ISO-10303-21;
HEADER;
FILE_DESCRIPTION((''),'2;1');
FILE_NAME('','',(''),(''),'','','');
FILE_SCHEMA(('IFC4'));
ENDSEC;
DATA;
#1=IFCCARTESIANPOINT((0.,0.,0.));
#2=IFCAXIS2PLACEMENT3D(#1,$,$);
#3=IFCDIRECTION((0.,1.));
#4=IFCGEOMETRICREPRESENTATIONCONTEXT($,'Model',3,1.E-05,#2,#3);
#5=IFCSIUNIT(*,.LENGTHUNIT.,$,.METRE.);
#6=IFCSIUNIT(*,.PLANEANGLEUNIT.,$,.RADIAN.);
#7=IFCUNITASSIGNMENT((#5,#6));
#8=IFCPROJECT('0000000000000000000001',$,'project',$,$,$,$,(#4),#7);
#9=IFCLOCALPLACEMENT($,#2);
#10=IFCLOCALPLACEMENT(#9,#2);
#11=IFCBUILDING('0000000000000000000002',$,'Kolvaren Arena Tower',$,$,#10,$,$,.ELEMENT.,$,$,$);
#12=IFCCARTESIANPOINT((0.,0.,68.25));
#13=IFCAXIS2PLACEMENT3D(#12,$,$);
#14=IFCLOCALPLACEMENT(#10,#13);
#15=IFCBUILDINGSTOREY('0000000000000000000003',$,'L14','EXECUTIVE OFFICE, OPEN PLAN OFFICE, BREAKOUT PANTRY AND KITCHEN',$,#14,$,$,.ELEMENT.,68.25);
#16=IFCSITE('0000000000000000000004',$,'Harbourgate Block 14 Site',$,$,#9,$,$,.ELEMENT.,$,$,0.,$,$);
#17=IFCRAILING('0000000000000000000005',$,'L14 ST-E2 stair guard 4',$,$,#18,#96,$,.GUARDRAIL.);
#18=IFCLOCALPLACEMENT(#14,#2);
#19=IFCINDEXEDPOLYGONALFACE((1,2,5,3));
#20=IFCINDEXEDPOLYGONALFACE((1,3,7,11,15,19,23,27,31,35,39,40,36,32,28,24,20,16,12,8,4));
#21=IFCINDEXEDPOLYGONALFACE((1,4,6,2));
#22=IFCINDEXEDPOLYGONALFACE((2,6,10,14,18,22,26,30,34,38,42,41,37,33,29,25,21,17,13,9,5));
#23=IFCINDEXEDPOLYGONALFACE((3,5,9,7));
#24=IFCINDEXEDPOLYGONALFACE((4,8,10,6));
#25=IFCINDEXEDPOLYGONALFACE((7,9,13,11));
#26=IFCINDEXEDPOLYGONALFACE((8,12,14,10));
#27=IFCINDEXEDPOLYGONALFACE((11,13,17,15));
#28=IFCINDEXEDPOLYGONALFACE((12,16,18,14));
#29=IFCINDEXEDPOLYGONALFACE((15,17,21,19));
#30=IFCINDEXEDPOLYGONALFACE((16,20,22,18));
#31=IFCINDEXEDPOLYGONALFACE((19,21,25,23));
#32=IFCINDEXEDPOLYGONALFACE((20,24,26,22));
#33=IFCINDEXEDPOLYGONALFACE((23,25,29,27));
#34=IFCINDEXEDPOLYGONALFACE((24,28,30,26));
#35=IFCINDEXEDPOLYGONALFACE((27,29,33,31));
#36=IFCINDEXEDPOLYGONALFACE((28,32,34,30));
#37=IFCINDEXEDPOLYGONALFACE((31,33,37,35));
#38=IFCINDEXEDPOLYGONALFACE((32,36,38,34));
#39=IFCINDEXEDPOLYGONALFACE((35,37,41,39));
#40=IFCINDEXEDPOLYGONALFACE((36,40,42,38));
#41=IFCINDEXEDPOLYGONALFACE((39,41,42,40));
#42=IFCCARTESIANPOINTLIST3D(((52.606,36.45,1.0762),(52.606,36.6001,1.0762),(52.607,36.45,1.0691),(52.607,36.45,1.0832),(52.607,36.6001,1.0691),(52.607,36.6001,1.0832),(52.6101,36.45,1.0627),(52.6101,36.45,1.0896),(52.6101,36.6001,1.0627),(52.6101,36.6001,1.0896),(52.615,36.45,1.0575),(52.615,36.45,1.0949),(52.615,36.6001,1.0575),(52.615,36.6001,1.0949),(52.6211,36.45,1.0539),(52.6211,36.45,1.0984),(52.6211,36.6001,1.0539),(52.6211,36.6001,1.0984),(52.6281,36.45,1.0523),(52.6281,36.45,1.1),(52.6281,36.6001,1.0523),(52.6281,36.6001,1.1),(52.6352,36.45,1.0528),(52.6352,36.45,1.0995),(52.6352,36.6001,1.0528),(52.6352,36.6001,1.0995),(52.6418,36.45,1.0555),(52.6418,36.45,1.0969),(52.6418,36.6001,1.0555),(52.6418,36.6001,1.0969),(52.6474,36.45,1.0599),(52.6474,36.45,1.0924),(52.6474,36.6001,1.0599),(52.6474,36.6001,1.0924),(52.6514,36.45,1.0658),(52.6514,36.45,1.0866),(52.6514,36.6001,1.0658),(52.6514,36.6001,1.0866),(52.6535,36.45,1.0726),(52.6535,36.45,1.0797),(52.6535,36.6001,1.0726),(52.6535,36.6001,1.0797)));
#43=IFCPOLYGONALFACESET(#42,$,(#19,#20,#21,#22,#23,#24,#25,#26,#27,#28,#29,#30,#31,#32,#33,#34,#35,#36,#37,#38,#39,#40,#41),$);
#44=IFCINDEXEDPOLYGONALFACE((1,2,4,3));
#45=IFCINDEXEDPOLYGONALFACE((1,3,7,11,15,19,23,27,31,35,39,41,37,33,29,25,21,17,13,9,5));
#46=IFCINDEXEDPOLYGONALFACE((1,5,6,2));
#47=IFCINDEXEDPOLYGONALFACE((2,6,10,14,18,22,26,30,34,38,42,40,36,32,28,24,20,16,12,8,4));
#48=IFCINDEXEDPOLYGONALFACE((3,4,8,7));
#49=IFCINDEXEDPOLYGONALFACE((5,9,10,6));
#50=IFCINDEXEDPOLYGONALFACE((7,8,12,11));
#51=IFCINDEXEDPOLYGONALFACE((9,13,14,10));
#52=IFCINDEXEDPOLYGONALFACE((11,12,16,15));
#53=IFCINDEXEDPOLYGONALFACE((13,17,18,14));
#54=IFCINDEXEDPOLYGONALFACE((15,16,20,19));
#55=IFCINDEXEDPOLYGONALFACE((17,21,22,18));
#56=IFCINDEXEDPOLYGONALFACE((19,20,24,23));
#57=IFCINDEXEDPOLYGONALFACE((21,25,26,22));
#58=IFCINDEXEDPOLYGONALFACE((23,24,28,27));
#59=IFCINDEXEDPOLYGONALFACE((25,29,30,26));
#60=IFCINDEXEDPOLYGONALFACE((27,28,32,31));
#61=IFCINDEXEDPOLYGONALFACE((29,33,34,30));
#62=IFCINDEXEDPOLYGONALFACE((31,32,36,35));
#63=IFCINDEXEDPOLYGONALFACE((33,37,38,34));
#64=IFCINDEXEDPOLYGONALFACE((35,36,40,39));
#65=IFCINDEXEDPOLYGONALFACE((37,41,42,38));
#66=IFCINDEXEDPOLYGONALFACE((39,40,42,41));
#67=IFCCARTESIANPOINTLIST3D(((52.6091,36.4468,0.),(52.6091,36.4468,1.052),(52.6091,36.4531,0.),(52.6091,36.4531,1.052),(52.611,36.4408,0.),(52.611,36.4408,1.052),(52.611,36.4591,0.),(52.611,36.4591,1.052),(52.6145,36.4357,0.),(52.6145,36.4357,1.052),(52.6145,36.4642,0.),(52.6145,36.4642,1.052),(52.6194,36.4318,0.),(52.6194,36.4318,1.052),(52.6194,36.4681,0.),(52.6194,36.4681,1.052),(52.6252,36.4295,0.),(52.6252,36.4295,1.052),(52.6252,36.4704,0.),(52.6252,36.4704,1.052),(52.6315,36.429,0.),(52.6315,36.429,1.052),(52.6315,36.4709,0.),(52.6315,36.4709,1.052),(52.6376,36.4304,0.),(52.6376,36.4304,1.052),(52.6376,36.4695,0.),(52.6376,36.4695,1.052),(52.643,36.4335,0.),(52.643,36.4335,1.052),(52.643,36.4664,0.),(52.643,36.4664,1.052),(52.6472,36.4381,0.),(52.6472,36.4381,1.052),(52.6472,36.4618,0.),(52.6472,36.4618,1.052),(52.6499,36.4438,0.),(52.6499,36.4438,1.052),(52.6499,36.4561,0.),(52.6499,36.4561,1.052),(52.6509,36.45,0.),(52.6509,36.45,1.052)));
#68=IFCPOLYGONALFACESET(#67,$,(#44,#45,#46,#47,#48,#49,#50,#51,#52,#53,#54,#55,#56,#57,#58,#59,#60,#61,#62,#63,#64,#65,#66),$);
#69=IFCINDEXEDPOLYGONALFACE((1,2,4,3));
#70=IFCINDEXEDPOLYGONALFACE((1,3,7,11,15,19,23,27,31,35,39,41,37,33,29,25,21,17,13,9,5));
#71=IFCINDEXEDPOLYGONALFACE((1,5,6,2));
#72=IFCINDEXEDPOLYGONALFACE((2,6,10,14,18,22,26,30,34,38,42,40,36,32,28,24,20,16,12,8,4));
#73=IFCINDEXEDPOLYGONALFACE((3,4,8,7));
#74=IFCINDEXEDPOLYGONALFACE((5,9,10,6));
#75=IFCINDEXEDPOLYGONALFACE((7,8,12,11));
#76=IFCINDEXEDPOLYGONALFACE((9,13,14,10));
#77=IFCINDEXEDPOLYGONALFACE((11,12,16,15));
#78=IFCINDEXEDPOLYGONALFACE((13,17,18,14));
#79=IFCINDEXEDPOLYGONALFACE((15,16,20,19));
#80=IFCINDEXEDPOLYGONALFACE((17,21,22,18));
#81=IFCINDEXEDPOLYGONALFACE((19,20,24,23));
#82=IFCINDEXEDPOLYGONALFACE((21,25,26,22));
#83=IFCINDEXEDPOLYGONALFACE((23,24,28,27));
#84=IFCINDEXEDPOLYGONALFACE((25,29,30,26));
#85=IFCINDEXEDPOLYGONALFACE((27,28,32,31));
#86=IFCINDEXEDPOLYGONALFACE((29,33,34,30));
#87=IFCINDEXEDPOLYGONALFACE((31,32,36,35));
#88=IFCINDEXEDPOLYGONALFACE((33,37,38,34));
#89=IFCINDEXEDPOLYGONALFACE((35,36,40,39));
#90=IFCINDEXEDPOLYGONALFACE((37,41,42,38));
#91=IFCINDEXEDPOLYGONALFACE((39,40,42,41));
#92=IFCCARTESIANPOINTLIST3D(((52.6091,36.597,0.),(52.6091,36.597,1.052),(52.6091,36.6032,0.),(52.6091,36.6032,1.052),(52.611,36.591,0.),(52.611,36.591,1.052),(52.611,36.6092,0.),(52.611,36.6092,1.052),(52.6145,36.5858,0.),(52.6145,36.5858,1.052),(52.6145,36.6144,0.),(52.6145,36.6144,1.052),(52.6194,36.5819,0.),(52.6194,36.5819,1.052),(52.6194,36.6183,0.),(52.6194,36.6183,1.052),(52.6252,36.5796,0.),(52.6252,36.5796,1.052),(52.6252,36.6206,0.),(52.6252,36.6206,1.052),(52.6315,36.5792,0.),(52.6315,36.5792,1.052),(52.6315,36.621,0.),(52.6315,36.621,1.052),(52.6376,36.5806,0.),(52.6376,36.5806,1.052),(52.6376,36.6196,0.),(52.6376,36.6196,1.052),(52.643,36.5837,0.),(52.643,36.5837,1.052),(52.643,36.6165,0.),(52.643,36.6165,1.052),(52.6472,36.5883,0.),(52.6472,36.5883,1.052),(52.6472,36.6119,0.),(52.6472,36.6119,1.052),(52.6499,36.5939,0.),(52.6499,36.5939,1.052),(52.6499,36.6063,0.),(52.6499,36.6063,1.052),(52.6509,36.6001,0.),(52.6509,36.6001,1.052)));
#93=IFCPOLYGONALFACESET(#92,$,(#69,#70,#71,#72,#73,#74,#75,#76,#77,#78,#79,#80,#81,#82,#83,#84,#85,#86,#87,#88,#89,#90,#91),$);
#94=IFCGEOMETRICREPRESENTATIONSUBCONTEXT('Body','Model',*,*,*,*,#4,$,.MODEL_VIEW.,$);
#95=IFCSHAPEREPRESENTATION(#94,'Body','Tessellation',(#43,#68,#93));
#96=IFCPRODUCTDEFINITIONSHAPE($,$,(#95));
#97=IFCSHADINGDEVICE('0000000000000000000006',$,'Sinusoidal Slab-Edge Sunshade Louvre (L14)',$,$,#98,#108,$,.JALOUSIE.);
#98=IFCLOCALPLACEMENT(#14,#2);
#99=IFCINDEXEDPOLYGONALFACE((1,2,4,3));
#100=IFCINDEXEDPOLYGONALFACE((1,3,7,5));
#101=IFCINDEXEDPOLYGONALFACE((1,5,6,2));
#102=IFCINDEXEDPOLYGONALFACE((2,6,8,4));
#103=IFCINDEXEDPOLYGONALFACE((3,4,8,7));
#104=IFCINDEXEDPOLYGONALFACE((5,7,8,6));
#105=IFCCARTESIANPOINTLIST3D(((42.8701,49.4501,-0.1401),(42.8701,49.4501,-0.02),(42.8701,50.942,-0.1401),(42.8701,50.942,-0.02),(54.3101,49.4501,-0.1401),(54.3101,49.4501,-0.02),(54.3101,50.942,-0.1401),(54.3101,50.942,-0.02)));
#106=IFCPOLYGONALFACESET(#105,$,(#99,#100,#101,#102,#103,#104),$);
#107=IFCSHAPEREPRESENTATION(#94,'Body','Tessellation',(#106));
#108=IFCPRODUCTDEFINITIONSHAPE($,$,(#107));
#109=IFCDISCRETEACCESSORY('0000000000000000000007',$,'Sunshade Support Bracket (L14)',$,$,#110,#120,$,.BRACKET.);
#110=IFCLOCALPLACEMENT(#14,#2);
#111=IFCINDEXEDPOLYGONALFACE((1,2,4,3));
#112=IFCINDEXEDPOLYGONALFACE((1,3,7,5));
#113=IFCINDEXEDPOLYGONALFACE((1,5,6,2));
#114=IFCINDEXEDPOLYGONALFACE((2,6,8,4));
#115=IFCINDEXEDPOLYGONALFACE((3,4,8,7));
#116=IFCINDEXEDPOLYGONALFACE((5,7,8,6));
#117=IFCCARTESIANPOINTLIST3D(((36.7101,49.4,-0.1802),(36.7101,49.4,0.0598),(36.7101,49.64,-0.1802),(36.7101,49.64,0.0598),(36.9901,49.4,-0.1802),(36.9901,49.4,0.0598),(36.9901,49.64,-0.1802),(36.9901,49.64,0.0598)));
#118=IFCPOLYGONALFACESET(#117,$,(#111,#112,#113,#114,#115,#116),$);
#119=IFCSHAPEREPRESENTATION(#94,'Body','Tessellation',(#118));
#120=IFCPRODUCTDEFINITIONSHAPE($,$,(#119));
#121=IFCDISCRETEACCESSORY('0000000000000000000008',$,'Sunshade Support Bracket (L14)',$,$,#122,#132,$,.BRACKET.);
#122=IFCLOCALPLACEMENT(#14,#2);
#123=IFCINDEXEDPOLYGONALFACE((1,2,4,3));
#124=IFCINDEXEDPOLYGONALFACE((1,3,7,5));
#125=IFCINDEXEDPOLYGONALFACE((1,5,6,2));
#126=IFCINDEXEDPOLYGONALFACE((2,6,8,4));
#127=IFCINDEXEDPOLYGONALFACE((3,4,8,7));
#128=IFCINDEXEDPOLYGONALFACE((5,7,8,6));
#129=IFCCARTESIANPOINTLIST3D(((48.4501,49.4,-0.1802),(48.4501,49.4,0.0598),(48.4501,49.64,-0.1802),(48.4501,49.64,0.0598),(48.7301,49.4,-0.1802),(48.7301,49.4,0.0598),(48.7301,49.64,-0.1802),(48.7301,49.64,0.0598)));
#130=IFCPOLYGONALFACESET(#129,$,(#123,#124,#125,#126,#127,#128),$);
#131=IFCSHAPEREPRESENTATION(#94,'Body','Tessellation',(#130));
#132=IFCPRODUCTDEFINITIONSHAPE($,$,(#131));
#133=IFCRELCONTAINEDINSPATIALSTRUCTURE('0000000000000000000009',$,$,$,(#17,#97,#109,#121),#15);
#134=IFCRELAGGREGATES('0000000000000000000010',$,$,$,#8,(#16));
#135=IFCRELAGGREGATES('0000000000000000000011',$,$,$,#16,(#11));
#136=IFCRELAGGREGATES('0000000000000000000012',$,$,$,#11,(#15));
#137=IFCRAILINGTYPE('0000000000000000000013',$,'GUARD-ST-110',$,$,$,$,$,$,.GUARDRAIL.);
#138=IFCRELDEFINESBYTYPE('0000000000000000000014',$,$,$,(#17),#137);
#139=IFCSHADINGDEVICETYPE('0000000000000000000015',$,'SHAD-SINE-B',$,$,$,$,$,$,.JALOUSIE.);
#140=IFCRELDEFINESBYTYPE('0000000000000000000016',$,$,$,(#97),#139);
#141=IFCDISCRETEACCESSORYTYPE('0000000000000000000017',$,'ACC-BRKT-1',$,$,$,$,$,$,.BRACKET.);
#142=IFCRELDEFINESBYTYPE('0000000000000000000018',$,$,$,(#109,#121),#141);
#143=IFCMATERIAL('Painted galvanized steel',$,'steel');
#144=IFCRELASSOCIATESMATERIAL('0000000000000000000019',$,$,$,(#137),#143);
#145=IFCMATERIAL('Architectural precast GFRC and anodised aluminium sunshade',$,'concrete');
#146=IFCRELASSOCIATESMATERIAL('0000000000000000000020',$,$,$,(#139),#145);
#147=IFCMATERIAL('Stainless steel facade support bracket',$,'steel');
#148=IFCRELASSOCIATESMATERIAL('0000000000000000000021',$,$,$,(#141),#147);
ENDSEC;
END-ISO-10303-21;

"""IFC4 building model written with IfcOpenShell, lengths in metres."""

from ifc_helpers import new_model, si_unit, direction, frame, origin, origin_2d, place, context, subcontext, project, spatial, rectangle, circle, extrude, material, type_object, element, save


model = new_model("IFC4")

# Units and contexts
model_context = context("Model", 3, precision=1e-05, world=origin(), true_north=direction((0.0, 1.0)))
body_context = subcontext(model_context, "Body", "Model", "MODEL_VIEW")
ifc_project = project(units=[si_unit("LENGTHUNIT", "METRE"), si_unit("PLANEANGLEUNIT", "RADIAN")], contexts=[model_context])

# Site, building, storey
site_placement = place(None, origin())
site = spatial("IfcSite", under=ifc_project, at=site_placement, Name="Harbourgate Block 14 Site", CompositionType="ELEMENT", RefElevation=0.0)
building_placement = place(site_placement, origin())
building = spatial("IfcBuilding", under=site, at=building_placement, Name="Kolvaren Arena Tower", CompositionType="ELEMENT")
storey_placement = place(building_placement, frame((0.0, 0.0, 68.25)))
storey = spatial("IfcBuildingStorey", under=building, at=storey_placement, Name="L14", Description="EXECUTIVE OFFICE, OPEN PLAN OFFICE, BREAKOUT PANTRY AND KITCHEN", CompositionType="ELEMENT", Elevation=68.25)

# Railing
ifc_material_1 = material(Name="Painted galvanized steel", Category="steel")
railing_type = type_object("IfcRailingType", Name="GUARD-ST-110", PredefinedType="GUARDRAIL", material=ifc_material_1)
railing_1_placement = place(storey_placement, frame((52.6299, 36.45, 0.0)))
element("IfcRailing", 1, at=railing_1_placement, inside=storey, type_object=railing_type, Name="L14 ST-E2 stair guard 4", PredefinedType="GUARDRAIL", context=body_context, shape_type="SweptSolid", body=[
    extrude(circle(Radius=0.0239, at=origin_2d()), frame((0.0, 0.0, 1.0762), z_axis=(0.0, 1.0, 0.0), x_axis=(-1.0, 0.0, 0.0)), (0.0, 0.0, 1.0), 0.1501),
    extrude(circle(Radius=0.021, at=origin_2d()), origin(), (0.0, 0.0, 1.0), 1.052),
    extrude(circle(Radius=0.021, at=origin_2d()), frame((0.0, 0.1501, 0.0)), (0.0, 0.0, 1.0), 1.052),
])

# Shading device
ifc_material_2 = material(Name="Architectural precast GFRC and anodised aluminium sunshade", Category="concrete")
shading_device_type = type_object("IfcShadingDeviceType", Name="SHAD-SINE-B", PredefinedType="JALOUSIE", material=ifc_material_2)
shading_device_placement = place(storey_placement, frame((48.5901, 50.196, -0.1401), z_axis=(0.0, 0.0, 1.0), x_axis=(1.0, 0.0, 0.0)))
element("IfcShadingDevice", 2, at=shading_device_placement, inside=storey, type_object=shading_device_type, Name="Sinusoidal Slab-Edge Sunshade Louvre (L14)", PredefinedType="JALOUSIE", context=body_context, shape_type="SweptSolid", body=[
    extrude(rectangle(XDim=11.4399, YDim=1.4919, at=origin_2d()), origin(), (0.0, 0.0, 1.0), 0.1201),
])

# Discrete accessories
ifc_material_3 = material(Name="Stainless steel facade support bracket", Category="steel")
discrete_accessory_type = type_object("IfcDiscreteAccessoryType", Name="ACC-BRKT-1", PredefinedType="BRACKET", material=ifc_material_3)
for number, where, z_axis, x_axis, name in (
    (3, (36.8501, 49.52, -0.1802), (0.0, 0.0, 1.0), (1.0, 0.0, 0.0), "Sunshade Support Bracket (L14)"),
    (4, (48.5901, 49.52, -0.1802), (0.0, 0.0, 1.0), (1.0, 0.0, 0.0), "Sunshade Support Bracket (L14)"),
):
    element("IfcDiscreteAccessory", number, at=place(storey_placement, frame(where, z_axis=z_axis, x_axis=x_axis)), inside=storey, type_object=discrete_accessory_type, Name=name, PredefinedType="BRACKET", context=body_context, shape_type="SweptSolid", body=[
        extrude(rectangle(XDim=0.28, YDim=0.24, at=origin_2d()), origin(), (0.0, 0.0, 1.0), 0.24),
    ])

save(model, "model.ifc")
